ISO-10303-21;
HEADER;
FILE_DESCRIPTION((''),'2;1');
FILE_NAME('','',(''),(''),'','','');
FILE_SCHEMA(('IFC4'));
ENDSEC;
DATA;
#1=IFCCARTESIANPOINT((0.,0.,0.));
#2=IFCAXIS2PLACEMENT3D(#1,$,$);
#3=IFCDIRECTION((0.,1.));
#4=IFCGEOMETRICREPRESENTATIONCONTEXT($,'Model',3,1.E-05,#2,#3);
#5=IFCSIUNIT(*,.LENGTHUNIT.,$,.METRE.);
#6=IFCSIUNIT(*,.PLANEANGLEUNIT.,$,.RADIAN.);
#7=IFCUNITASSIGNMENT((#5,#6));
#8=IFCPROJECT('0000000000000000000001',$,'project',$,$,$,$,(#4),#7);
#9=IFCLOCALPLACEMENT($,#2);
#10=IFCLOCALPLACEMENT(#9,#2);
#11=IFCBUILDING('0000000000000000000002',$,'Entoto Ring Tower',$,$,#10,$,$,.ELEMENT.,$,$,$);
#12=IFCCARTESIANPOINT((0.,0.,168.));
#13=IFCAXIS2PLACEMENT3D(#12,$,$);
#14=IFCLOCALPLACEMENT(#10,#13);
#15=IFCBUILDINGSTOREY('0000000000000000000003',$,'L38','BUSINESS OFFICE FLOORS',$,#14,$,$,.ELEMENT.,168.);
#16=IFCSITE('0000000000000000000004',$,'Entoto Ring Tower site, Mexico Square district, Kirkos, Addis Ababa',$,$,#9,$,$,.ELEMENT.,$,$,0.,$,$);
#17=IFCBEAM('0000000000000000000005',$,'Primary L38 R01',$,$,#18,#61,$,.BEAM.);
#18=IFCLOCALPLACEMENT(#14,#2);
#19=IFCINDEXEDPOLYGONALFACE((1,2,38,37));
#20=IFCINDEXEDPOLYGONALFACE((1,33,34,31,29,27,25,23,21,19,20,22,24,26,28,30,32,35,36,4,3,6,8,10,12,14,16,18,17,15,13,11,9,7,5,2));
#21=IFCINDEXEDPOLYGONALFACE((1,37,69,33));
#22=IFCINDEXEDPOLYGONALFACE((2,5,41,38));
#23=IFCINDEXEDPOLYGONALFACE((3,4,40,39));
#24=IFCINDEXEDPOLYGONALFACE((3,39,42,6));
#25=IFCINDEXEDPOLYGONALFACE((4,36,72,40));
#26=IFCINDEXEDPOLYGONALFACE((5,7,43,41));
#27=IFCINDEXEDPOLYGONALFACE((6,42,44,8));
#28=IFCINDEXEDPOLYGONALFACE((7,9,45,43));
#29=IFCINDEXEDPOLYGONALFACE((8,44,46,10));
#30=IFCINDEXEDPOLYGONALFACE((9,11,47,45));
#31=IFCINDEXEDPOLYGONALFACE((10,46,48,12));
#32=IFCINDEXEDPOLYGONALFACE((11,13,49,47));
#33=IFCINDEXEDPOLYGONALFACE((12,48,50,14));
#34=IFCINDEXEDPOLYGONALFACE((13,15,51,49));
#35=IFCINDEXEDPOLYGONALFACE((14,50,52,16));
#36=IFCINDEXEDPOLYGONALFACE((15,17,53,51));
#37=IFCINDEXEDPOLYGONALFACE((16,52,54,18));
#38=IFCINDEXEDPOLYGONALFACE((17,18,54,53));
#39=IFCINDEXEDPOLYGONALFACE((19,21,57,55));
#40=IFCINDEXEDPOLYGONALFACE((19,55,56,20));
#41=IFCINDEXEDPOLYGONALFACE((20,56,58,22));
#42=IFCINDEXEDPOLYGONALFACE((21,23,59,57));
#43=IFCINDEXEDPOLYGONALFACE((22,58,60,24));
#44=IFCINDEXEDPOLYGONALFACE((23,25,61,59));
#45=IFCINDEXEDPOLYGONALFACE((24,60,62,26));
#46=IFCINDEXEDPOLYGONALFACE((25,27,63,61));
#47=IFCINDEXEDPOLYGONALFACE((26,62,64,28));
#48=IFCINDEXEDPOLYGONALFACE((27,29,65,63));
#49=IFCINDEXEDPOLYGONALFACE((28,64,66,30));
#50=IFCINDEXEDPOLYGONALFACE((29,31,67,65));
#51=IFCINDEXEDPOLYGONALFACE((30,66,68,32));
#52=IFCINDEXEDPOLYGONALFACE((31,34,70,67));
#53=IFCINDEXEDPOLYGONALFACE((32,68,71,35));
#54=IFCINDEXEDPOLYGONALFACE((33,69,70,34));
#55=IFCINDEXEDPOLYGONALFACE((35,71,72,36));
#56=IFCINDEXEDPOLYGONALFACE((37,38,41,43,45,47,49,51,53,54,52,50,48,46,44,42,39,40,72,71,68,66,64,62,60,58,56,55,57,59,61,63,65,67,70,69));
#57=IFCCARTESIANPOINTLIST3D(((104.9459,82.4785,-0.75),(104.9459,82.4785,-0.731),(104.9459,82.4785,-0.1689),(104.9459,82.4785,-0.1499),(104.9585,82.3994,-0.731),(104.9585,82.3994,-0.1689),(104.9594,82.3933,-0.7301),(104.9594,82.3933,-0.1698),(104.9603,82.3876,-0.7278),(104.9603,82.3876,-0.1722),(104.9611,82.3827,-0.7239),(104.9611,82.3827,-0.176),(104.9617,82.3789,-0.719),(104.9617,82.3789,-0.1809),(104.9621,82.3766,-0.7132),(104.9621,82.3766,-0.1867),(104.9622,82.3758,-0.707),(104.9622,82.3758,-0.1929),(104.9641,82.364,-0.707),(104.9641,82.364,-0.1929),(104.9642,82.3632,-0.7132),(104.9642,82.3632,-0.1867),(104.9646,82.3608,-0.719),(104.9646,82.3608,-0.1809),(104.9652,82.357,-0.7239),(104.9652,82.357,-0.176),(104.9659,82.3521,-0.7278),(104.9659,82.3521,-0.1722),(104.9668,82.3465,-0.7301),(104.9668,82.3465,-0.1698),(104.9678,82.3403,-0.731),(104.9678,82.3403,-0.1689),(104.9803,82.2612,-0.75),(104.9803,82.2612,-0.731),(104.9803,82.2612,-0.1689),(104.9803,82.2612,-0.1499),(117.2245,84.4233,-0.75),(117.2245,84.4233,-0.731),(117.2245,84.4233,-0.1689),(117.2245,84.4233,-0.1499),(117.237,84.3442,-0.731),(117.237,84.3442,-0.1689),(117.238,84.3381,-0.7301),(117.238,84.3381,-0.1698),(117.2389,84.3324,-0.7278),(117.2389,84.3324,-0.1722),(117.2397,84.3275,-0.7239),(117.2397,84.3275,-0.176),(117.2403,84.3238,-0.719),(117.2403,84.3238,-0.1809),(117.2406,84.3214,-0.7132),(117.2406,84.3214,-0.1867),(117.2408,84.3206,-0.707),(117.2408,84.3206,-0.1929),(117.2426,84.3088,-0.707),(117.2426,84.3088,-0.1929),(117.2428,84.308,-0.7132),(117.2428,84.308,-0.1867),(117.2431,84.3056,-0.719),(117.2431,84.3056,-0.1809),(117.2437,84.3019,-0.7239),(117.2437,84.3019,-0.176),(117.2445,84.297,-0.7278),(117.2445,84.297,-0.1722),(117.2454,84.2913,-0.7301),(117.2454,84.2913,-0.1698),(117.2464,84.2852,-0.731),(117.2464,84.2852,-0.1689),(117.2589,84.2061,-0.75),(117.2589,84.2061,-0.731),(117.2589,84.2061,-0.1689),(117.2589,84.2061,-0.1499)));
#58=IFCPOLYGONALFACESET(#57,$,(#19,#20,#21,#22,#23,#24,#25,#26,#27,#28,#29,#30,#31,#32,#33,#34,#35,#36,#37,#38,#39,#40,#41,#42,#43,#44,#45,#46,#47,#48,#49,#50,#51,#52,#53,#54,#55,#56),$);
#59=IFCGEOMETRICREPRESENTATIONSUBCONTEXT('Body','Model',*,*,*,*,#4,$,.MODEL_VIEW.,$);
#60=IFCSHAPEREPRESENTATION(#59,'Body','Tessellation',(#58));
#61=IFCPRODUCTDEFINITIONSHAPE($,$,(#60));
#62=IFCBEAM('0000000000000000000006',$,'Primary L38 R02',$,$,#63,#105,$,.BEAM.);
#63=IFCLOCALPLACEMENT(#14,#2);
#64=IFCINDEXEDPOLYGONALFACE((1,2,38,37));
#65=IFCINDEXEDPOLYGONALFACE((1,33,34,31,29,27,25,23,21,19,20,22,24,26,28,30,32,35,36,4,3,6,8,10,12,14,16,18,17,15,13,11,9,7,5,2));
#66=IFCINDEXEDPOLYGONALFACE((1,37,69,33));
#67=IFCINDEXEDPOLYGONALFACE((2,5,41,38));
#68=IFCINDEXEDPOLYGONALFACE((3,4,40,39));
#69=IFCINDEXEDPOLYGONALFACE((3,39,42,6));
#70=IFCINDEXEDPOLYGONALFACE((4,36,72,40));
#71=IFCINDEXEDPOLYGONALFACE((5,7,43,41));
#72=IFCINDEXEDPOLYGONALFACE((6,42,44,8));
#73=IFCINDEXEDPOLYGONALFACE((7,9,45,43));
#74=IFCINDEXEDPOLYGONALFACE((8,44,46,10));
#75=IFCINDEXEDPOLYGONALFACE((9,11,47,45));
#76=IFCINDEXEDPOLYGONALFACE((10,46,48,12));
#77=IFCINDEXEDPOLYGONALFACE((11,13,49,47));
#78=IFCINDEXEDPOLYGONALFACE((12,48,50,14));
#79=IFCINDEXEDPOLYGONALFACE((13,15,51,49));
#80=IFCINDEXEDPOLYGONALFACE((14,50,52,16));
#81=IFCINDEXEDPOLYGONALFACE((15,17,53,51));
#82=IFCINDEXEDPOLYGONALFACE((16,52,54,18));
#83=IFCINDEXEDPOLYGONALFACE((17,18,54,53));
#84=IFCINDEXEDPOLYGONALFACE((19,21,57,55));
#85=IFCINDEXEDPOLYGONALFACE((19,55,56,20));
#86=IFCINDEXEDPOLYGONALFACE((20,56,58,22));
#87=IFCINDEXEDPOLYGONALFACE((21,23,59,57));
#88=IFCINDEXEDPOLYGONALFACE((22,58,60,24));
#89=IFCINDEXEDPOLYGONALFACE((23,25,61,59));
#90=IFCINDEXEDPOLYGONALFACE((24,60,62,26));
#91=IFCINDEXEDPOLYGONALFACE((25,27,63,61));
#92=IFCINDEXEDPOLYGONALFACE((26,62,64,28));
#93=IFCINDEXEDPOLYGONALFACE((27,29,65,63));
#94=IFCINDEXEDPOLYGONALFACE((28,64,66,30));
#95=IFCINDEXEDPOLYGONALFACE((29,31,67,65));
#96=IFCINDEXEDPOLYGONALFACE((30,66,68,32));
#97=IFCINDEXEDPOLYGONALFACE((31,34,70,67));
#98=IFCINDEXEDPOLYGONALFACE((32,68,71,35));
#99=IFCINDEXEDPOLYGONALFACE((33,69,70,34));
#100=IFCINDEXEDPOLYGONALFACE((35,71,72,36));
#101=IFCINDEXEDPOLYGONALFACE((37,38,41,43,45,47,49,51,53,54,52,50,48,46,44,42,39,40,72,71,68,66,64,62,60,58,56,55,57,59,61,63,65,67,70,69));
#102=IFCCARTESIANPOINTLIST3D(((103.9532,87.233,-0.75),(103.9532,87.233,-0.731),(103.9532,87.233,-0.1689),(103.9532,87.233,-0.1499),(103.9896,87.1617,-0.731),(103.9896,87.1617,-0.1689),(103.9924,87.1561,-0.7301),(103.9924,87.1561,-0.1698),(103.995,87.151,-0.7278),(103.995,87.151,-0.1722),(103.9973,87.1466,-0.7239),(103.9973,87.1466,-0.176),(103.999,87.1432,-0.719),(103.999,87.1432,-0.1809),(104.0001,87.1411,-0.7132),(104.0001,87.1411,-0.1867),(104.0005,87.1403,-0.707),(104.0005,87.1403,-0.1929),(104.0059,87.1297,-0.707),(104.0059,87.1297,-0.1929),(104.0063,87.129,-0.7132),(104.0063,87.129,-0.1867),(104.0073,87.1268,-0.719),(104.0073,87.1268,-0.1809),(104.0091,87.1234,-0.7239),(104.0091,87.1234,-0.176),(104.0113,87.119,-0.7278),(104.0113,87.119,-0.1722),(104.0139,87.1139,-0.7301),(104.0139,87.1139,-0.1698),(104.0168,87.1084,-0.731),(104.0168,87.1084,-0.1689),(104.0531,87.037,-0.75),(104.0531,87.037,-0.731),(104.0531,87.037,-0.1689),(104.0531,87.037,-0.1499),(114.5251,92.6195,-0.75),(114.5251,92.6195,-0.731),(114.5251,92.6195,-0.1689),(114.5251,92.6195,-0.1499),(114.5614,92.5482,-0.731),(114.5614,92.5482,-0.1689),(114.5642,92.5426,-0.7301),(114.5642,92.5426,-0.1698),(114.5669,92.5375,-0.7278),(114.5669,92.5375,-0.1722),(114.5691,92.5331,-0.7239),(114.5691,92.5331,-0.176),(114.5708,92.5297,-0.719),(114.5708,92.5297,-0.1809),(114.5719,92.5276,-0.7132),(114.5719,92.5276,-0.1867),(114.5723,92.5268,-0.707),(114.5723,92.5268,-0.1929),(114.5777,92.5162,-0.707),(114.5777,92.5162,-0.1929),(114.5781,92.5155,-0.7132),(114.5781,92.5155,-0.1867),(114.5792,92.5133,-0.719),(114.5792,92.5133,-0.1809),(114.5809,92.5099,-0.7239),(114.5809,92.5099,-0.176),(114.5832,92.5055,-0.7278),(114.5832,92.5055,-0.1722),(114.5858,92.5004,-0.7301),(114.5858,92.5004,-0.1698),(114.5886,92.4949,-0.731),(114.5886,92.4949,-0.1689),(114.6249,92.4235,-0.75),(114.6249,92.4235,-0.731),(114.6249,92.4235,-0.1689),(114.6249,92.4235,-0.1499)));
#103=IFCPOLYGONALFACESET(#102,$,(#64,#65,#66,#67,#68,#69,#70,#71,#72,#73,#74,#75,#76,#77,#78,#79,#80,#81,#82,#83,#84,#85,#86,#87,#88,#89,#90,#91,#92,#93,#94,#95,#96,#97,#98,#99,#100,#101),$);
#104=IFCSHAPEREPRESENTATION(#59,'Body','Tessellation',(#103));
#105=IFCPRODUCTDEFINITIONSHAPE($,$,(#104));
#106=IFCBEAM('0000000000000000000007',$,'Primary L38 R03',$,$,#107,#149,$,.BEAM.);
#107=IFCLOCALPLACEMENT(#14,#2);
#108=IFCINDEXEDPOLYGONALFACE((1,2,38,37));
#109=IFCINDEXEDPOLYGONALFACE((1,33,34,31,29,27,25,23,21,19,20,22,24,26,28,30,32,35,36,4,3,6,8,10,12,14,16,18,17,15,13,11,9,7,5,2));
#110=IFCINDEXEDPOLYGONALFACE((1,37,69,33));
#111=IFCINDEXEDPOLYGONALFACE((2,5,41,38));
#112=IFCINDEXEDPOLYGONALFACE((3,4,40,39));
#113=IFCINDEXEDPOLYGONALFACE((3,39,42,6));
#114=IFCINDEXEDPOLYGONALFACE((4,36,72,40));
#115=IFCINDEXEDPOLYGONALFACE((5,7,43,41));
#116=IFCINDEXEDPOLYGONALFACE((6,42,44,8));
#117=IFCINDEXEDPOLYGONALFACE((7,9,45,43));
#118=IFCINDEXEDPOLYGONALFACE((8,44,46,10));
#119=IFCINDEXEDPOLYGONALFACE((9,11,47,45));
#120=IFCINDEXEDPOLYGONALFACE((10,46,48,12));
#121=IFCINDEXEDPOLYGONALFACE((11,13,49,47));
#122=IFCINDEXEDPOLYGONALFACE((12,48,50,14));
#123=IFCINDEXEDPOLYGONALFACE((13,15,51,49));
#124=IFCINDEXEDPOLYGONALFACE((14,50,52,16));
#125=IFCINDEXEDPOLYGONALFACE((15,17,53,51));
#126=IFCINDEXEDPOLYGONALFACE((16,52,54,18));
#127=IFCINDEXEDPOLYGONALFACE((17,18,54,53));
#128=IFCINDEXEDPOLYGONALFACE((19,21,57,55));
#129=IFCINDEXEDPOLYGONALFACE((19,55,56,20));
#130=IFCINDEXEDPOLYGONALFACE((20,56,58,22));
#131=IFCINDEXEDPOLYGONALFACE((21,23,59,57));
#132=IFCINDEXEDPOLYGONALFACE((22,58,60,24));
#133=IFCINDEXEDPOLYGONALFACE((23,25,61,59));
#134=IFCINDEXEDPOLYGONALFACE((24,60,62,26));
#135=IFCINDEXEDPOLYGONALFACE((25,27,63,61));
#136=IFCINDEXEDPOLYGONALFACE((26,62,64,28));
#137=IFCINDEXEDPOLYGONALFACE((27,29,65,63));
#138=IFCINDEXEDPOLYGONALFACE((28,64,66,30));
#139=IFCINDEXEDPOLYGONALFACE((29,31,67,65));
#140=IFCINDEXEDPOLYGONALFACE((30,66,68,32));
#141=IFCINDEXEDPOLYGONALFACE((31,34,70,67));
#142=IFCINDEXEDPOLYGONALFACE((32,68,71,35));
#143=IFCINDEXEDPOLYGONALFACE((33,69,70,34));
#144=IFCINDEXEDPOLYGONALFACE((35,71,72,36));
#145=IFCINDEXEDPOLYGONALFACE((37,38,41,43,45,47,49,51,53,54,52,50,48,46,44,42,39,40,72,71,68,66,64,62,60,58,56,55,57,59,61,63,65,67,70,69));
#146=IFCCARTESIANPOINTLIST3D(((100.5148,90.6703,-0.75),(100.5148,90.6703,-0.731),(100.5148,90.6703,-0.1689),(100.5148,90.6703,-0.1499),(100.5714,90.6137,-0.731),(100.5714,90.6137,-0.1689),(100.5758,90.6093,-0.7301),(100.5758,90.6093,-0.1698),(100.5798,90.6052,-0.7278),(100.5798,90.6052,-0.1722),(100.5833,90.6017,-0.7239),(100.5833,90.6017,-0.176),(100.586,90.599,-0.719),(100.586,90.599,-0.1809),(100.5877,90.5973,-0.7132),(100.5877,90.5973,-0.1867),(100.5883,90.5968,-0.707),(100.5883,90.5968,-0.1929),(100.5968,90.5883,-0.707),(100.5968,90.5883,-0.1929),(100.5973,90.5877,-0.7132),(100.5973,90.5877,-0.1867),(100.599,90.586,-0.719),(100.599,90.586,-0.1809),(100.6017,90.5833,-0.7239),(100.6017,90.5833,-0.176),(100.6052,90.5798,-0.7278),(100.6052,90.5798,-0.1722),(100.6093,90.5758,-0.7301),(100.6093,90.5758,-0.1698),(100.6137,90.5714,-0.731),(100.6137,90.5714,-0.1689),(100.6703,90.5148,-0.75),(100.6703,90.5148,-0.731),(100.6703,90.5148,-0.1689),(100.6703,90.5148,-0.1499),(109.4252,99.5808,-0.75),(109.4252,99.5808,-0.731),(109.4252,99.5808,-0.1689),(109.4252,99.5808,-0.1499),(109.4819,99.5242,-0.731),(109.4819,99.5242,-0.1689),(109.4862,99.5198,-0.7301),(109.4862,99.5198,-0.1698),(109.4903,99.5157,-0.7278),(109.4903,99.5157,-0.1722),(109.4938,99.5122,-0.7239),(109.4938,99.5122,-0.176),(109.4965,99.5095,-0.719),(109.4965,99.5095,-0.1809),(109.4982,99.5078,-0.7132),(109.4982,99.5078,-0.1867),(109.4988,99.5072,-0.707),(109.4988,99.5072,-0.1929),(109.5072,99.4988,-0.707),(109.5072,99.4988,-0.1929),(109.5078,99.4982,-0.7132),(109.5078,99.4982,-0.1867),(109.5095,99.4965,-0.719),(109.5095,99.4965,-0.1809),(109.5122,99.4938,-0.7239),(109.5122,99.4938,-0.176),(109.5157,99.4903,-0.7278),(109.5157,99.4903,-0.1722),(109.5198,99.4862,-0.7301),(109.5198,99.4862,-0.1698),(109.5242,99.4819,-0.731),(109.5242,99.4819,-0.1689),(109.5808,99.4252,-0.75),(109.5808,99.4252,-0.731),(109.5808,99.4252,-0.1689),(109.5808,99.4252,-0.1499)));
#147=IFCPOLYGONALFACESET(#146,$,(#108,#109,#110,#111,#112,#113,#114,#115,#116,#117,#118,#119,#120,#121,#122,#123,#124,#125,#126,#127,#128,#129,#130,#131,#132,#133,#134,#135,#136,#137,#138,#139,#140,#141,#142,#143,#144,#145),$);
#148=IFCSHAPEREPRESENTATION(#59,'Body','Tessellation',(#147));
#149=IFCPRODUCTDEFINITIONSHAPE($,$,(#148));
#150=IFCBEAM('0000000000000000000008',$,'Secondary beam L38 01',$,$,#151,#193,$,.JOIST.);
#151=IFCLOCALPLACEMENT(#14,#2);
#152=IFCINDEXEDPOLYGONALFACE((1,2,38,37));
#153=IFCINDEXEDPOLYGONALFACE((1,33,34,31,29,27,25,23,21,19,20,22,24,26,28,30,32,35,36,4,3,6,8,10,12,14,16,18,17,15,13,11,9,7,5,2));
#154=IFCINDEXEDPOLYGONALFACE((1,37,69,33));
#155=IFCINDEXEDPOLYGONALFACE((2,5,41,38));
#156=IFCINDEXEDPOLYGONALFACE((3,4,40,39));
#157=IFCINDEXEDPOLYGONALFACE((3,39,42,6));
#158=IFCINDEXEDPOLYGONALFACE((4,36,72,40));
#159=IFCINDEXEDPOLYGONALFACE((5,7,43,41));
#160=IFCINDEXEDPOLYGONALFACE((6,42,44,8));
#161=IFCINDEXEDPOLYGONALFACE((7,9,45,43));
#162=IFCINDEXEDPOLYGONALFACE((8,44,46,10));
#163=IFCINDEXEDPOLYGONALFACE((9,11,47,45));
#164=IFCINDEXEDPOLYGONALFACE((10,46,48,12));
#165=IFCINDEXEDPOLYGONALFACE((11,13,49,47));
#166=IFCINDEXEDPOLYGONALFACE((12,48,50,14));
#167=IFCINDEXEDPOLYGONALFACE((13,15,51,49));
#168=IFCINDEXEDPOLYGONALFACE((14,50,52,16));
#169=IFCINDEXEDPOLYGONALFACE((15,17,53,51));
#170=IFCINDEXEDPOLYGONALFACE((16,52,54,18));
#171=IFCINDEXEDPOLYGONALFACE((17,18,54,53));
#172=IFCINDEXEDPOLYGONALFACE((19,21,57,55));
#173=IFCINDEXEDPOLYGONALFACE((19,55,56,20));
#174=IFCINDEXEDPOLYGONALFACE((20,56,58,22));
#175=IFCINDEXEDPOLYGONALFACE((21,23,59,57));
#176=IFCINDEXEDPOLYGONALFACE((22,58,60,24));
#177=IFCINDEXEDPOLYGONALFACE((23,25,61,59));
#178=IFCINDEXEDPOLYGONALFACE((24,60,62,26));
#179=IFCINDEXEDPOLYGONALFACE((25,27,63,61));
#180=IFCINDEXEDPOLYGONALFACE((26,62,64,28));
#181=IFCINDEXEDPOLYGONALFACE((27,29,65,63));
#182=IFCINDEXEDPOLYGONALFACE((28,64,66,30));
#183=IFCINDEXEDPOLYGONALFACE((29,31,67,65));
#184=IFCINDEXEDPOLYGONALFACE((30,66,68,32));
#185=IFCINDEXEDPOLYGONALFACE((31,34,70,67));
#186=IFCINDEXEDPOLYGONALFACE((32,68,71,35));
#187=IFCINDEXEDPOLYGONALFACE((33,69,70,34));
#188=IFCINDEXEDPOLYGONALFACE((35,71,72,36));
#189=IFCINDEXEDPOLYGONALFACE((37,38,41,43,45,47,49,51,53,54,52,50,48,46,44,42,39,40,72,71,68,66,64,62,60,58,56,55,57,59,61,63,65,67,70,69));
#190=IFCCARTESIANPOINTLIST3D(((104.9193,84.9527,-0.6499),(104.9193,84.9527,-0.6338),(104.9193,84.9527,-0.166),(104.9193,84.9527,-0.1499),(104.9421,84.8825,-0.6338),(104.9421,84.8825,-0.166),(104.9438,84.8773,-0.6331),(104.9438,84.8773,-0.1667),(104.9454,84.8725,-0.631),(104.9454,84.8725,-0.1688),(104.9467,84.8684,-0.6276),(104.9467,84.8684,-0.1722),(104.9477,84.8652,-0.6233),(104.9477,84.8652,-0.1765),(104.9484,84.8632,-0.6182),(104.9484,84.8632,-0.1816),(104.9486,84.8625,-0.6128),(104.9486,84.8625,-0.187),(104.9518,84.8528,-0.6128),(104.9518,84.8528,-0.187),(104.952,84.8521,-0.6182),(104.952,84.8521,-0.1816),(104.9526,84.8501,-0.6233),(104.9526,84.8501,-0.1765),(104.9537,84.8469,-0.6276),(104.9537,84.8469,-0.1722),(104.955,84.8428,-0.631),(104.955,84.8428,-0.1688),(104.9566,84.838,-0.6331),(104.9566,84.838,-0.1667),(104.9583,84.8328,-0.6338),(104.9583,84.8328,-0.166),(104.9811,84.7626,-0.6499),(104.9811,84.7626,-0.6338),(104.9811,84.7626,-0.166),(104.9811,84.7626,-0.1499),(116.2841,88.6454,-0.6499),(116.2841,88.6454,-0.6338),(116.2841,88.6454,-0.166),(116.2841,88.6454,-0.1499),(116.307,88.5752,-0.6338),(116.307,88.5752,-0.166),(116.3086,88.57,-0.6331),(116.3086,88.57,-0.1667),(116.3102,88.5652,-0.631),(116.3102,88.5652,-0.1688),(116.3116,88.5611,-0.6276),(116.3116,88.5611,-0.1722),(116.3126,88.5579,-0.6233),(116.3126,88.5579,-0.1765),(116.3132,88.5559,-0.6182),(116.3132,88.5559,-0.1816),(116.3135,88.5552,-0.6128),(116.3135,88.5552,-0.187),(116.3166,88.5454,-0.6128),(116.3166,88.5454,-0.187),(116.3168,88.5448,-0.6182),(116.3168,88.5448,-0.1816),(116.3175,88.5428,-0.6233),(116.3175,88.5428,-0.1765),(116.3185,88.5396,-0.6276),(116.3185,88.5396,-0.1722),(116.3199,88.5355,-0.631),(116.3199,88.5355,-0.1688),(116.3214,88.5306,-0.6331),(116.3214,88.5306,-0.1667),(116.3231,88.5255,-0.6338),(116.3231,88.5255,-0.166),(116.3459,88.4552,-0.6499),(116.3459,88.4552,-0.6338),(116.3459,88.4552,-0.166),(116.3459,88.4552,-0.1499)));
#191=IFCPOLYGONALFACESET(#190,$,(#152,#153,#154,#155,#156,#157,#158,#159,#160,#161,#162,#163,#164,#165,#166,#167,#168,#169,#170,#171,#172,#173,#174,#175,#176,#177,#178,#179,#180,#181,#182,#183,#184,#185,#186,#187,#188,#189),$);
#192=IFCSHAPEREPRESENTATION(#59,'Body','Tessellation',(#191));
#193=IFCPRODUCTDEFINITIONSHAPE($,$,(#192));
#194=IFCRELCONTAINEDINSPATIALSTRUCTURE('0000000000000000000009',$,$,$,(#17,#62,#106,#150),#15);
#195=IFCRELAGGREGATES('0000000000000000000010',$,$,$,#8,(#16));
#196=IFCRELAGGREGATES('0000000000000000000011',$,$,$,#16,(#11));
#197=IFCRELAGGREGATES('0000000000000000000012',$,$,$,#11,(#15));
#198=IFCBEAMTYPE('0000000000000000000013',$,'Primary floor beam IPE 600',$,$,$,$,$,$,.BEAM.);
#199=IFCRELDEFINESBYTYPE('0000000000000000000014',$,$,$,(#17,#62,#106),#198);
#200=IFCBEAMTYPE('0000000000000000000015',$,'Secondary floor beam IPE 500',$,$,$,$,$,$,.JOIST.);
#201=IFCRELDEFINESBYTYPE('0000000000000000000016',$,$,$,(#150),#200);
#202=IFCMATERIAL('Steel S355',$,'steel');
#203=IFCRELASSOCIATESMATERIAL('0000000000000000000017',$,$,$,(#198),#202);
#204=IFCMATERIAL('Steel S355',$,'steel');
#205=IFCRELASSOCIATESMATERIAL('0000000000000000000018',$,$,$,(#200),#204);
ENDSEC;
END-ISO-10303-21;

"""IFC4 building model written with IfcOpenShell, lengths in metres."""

from ifc_helpers import new_model, si_unit, direction, frame, origin, origin_2d, place, context, subcontext, project, spatial, i_section, extrude, material, material_profile, profile_set, type_object, element, save


model = new_model("IFC4")

# Units and contexts
model_context = context("Model", 3, precision=1e-05, world=origin(), true_north=direction((0.0, 1.0)))
body_context = subcontext(model_context, "Body", "Model", "MODEL_VIEW")
ifc_project = project(units=[si_unit("LENGTHUNIT", "METRE"), si_unit("PLANEANGLEUNIT", "RADIAN")], contexts=[model_context])

# Site, building, storey
site_placement = place(None, origin())
site = spatial("IfcSite", under=ifc_project, at=site_placement, Name="Entoto Ring Tower site, Mexico Square district, Kirkos, Addis Ababa", CompositionType="ELEMENT", RefElevation=0.0)
building_placement = place(site_placement, origin())
building = spatial("IfcBuilding", under=site, at=building_placement, Name="Entoto Ring Tower", CompositionType="ELEMENT")
storey_placement = place(building_placement, frame((0.0, 0.0, 168.0)))
storey = spatial("IfcBuildingStorey", under=building, at=storey_placement, Name="L38", Description="BUSINESS OFFICE FLOORS", CompositionType="ELEMENT", Elevation=168.0)

# Beams
ifc_material_1 = material(Name="Steel S355", Category="steel")
ifc_material_profile_1 = material_profile(ifc_material_1, i_section(OverallWidth=0.22, OverallDepth=0.6001, WebThickness=0.012, FlangeThickness=0.019, FilletRadius=0.0239, at=origin_2d()), Name="IPE 600")
ifc_profile_set_1 = profile_set([ifc_material_profile_1], Name="Steel S355")
beam_type_1 = type_object("IfcBeamType", Name="Primary floor beam IPE 600", PredefinedType="BEAM", material=ifc_profile_set_1)
beam_1_placement = place(storey_placement, frame((104.9631, 82.3699, -0.45), z_axis=(0.987687, 0.156442, 0.0), x_axis=(-0.156442, 0.987687, 0.0)))
element("IfcBeam", 1, at=beam_1_placement, inside=storey, type_object=beam_type_1, Name="Primary L38 R01", PredefinedType="BEAM", context=body_context, shape_type="SweptSolid", body=[
    extrude(i_section(OverallWidth=0.22, OverallDepth=0.6001, WebThickness=0.012, FlangeThickness=0.019, FilletRadius=0.0239, at=origin_2d()), origin(), (0.0, 0.0, 1.0), 12.4316),
])
beam_2_placement = place(storey_placement, frame((104.0032, 87.135, -0.45), z_axis=(0.89101, 0.453983, 0.0), x_axis=(-0.453983, 0.89101, 0.0)))
element("IfcBeam", 2, at=beam_2_placement, inside=storey, type_object=beam_type_1, Name="Primary L38 R02", PredefinedType="BEAM", context=body_context, shape_type="SweptSolid", body=[
    extrude(i_section(OverallWidth=0.22, OverallDepth=0.6001, WebThickness=0.012, FlangeThickness=0.019, FilletRadius=0.0239, at=origin_2d()), origin(), (0.0, 0.0, 1.0), 11.865),
])
beam_3_placement = place(storey_placement, frame((100.5925, 90.5925, -0.45), z_axis=(0.707107, 0.707107, 0.0), x_axis=(-0.707107, 0.707107, 0.0)))
element("IfcBeam", 3, at=beam_3_placement, inside=storey, type_object=beam_type_1, Name="Primary L38 R03", PredefinedType="BEAM", context=body_context, shape_type="SweptSolid", body=[
    extrude(i_section(OverallWidth=0.22, OverallDepth=0.6001, WebThickness=0.012, FlangeThickness=0.019, FilletRadius=0.0239, at=origin_2d()), origin(), (0.0, 0.0, 1.0), 12.6013),
])
ifc_material_2 = material(Name="Steel S355", Category="steel")
ifc_material_profile_2 = material_profile(ifc_material_2, i_section(OverallWidth=0.2, OverallDepth=0.5, WebThickness=0.0103, FlangeThickness=0.0161, FilletRadius=0.021, at=origin_2d()), Name="IPE 500")
ifc_profile_set_2 = profile_set([ifc_material_profile_2], Name="Steel S355")
beam_type_2 = type_object("IfcBeamType", Name="Secondary floor beam IPE 500", PredefinedType="JOIST", material=ifc_profile_set_2)
beam_4_placement = place(storey_placement, frame((104.9502, 84.8577, -0.3999), z_axis=(0.951057, 0.309017, 0.0), x_axis=(-0.309017, 0.951057, 0.0)))
element("IfcBeam", 4, at=beam_4_placement, inside=storey, type_object=beam_type_2, Name="Secondary beam L38 01", PredefinedType="JOIST", context=body_context, shape_type="SweptSolid", body=[
    extrude(i_section(OverallWidth=0.2, OverallDepth=0.5, WebThickness=0.0103, FlangeThickness=0.0161, FilletRadius=0.021, at=origin_2d()), origin(), (0.0, 0.0, 1.0), 11.9497),
])

save(model, "model.ifc")
